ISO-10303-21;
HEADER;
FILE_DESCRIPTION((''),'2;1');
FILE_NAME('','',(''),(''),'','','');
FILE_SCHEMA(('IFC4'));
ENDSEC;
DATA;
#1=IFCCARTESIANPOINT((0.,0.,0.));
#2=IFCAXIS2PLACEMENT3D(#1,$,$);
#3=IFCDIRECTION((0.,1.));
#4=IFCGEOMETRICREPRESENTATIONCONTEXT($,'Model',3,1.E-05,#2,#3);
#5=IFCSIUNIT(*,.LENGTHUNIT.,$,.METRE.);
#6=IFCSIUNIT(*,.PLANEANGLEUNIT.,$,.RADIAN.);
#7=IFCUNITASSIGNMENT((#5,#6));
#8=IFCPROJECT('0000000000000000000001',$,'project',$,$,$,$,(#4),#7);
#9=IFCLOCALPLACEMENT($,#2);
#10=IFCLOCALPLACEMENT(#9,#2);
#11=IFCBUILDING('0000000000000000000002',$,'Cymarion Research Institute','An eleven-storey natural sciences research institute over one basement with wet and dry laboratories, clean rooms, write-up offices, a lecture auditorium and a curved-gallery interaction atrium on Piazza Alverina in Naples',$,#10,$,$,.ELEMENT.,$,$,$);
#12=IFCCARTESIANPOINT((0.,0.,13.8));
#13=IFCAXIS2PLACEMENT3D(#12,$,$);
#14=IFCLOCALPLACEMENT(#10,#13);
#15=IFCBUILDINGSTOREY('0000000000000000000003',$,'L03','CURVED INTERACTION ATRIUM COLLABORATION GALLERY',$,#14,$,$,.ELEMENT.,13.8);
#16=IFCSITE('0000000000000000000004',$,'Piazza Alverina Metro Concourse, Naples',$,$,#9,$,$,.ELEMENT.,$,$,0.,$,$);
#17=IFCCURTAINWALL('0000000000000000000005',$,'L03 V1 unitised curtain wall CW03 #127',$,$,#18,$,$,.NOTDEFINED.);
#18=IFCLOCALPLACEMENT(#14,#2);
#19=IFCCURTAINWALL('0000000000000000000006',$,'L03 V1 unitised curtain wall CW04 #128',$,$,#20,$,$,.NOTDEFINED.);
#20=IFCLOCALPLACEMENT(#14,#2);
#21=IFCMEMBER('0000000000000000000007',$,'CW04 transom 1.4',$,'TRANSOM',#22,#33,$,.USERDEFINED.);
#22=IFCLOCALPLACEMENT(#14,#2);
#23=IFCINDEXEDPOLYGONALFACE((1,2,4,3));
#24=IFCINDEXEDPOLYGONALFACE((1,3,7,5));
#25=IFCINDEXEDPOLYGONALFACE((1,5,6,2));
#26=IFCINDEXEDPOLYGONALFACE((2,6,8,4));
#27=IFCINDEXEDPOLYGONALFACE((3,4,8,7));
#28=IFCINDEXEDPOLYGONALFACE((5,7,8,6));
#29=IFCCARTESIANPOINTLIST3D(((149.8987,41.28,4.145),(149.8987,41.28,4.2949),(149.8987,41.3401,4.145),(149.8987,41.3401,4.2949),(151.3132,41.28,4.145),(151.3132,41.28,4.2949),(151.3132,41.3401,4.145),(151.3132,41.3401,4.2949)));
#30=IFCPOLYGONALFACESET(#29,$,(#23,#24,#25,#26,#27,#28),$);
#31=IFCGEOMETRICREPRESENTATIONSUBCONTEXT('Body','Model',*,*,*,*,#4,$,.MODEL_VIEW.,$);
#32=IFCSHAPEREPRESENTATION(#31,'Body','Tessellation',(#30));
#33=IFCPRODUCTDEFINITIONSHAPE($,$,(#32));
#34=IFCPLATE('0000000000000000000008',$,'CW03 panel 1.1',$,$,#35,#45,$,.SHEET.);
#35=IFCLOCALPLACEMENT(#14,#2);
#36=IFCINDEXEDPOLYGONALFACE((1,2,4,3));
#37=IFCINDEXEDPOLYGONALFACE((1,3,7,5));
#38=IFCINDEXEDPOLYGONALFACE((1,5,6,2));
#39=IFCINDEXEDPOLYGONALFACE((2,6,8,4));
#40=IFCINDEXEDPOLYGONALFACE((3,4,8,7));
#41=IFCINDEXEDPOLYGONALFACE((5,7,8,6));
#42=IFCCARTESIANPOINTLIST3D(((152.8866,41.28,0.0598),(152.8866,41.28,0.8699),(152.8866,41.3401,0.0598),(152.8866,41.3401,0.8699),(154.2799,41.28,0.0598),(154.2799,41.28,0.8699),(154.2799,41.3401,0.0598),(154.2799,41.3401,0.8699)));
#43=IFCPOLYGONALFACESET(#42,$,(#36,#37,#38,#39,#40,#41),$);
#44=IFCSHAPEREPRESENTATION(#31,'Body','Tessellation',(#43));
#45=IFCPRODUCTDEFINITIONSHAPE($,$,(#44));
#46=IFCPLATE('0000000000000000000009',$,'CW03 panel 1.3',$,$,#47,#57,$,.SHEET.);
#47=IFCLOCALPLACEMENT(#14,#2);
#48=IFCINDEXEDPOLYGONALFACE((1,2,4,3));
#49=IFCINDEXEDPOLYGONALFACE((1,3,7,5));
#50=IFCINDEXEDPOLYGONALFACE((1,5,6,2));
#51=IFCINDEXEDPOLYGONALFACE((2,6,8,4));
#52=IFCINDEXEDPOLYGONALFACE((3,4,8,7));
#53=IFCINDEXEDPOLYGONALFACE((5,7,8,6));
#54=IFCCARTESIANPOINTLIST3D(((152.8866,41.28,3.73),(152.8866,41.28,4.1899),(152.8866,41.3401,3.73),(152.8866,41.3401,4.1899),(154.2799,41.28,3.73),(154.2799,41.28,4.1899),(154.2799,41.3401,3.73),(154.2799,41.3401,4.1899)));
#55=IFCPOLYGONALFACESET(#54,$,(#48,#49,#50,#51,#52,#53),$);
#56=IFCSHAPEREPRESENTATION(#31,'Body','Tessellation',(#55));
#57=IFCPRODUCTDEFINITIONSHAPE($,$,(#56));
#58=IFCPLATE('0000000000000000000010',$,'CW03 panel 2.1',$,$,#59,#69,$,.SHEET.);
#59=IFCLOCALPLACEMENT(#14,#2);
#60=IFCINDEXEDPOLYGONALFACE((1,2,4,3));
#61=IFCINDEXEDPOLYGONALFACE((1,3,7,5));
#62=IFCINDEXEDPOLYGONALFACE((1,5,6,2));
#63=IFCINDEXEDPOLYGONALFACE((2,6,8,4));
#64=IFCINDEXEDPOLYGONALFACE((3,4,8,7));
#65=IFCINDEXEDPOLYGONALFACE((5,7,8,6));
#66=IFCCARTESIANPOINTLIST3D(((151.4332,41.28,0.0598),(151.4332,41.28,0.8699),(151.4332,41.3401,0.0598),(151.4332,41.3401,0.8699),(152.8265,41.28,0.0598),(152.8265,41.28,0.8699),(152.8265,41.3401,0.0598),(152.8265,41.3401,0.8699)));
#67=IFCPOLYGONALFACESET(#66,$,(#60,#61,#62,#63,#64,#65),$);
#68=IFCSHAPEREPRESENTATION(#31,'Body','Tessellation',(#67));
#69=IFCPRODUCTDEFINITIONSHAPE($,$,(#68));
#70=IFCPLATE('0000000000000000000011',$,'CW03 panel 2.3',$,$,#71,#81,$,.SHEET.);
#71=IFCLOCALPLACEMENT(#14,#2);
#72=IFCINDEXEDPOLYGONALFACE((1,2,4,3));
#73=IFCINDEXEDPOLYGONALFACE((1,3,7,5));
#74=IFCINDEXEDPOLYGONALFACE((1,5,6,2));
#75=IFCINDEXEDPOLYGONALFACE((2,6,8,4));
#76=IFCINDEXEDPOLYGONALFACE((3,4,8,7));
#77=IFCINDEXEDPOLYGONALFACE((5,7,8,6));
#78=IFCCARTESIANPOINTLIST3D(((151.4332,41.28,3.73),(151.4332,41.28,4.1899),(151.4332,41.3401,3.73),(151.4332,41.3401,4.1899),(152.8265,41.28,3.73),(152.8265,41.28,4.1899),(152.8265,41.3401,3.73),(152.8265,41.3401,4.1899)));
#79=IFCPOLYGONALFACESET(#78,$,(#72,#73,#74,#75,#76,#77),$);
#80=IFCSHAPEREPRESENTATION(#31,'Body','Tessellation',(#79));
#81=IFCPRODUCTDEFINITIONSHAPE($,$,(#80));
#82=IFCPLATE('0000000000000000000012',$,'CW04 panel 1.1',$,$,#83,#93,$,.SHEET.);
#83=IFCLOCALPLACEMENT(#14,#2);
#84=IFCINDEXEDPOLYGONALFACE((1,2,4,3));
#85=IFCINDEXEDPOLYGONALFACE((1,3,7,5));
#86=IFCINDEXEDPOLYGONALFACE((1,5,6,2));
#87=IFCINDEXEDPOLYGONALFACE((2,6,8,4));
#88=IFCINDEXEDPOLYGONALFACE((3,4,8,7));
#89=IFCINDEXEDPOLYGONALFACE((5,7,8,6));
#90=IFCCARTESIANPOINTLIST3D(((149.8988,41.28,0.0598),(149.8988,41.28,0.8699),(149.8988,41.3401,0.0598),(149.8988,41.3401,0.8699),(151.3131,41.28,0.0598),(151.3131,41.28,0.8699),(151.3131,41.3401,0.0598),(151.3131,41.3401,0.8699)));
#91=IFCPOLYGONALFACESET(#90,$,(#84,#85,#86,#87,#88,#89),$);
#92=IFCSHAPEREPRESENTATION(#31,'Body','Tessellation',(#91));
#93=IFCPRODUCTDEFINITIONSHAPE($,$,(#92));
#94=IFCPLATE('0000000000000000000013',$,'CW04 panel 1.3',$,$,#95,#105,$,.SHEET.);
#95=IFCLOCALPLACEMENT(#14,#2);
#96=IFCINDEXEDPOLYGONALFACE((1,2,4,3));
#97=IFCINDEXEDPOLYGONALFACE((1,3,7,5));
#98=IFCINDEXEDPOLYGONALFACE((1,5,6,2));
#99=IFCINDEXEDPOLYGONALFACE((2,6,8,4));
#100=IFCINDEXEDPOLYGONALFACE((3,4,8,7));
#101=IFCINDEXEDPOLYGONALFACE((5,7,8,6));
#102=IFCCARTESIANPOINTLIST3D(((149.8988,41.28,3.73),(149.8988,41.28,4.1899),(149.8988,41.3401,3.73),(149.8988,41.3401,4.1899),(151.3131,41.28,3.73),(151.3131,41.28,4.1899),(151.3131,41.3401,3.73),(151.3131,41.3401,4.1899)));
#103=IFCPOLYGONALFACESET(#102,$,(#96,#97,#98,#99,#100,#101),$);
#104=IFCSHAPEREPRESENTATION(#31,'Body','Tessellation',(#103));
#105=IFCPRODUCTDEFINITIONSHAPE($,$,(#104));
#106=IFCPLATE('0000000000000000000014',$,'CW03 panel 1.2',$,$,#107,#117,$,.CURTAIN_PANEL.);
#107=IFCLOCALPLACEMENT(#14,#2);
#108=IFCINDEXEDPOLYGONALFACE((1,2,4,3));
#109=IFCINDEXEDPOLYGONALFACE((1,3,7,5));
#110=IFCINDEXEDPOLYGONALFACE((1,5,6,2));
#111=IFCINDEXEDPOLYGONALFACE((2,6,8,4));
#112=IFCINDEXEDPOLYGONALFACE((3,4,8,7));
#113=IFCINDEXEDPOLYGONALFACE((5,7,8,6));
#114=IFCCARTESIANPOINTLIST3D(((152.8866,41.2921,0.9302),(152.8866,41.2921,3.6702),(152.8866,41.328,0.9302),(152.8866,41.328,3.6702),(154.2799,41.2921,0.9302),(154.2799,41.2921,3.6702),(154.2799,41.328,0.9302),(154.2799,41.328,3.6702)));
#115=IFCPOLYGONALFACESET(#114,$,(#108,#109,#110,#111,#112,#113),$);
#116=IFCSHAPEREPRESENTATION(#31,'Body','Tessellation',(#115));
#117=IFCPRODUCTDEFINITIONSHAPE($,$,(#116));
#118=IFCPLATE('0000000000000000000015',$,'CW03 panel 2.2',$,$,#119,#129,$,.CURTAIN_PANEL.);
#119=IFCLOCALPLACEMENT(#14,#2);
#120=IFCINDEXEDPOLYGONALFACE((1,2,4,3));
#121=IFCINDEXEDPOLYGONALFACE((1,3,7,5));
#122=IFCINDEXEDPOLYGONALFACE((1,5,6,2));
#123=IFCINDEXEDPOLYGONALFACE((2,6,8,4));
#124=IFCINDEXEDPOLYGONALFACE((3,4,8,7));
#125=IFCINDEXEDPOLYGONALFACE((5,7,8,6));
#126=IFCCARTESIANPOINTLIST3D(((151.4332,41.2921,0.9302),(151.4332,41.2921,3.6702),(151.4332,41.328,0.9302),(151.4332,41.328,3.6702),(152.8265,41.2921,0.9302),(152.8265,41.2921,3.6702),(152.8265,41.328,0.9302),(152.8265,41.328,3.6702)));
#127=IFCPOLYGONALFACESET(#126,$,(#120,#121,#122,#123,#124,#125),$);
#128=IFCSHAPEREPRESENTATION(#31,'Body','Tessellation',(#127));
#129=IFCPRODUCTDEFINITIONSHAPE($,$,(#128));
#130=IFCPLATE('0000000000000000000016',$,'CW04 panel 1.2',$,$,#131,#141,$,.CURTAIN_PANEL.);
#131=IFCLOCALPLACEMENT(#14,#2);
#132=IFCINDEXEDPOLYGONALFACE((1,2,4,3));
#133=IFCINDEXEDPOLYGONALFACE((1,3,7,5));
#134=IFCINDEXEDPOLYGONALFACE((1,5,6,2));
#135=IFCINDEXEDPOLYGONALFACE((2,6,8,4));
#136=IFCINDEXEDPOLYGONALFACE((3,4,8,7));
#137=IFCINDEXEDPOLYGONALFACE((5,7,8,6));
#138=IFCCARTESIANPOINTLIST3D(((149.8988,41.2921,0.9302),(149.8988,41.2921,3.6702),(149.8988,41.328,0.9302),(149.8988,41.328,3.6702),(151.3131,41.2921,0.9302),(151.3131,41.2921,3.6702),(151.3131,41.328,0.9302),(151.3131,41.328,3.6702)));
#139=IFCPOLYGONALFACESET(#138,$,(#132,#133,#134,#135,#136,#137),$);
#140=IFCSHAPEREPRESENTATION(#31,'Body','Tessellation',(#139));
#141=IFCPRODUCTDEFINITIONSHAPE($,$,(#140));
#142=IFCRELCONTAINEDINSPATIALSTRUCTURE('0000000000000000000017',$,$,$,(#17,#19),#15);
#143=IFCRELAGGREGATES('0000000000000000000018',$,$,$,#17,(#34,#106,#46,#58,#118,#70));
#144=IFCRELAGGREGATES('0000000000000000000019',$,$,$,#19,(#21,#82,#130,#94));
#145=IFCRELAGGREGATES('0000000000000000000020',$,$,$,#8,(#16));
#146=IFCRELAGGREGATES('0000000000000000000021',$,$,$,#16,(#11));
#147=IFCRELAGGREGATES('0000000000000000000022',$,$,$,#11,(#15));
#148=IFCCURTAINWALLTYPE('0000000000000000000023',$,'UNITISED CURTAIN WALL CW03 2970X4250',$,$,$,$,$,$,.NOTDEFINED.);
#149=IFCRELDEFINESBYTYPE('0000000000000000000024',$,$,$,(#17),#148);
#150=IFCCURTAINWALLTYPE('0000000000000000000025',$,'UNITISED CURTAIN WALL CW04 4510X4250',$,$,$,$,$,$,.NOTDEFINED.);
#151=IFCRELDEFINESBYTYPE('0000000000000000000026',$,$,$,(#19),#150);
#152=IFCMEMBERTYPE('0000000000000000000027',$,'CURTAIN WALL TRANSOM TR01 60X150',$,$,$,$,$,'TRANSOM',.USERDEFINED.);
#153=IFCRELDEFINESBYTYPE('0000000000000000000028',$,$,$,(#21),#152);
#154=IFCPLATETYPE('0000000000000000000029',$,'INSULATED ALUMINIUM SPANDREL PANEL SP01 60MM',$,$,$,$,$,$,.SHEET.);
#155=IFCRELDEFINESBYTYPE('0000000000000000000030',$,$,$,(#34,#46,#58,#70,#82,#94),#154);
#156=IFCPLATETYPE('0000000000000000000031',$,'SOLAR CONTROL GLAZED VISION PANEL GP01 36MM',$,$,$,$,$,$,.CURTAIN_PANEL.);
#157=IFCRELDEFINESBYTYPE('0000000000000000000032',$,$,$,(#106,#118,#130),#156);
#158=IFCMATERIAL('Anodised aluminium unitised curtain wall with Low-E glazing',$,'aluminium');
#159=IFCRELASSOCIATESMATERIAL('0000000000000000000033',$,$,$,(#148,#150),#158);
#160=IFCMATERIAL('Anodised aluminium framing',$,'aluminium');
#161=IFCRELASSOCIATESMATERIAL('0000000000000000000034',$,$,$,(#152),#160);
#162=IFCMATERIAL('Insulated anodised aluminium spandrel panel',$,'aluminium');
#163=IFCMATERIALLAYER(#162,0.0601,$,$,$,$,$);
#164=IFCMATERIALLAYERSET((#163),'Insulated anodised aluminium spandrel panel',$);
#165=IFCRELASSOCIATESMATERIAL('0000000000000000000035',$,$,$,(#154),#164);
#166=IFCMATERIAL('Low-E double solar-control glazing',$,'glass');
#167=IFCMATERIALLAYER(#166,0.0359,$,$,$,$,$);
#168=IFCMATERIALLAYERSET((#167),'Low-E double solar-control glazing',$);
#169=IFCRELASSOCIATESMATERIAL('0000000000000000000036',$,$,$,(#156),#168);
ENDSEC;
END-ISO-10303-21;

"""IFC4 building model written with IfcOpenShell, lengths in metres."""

from ifc_helpers import new_model, si_unit, direction, frame, origin, origin_2d, place, context, subcontext, project, spatial, rectangle, extrude, material, layer, layer_set, material_profile, profile_set, type_object, element, aggregate, save


model = new_model("IFC4")

# Units and contexts
model_context = context("Model", 3, precision=1e-05, world=origin(), true_north=direction((0.0, 1.0)))
body_context = subcontext(model_context, "Body", "Model", "MODEL_VIEW")
ifc_project = project(units=[si_unit("LENGTHUNIT", "METRE"), si_unit("PLANEANGLEUNIT", "RADIAN")], contexts=[model_context])

# Site, building, storey
site_placement = place(None, origin())
site = spatial("IfcSite", under=ifc_project, at=site_placement, Name="Piazza Alverina Metro Concourse, Naples", CompositionType="ELEMENT", RefElevation=0.0)
building_placement = place(site_placement, origin())
building = spatial("IfcBuilding", under=site, at=building_placement, Name="Cymarion Research Institute", Description="An eleven-storey natural sciences research institute over one basement with wet and dry laboratories, clean rooms, write-up offices, a lecture auditorium and a curved-gallery interaction atrium on Piazza Alverina in Naples", CompositionType="ELEMENT")
storey_placement = place(building_placement, frame((0.0, 0.0, 13.8)))
storey = spatial("IfcBuildingStorey", under=building, at=storey_placement, Name="L03", Description="CURVED INTERACTION ATRIUM COLLABORATION GALLERY", CompositionType="ELEMENT", Elevation=13.8)

# Curtain wall
ifc_material_1 = material(Name="Anodised aluminium unitised curtain wall with Low-E glazing", Category="aluminium")
curtain_wall_type_1 = type_object("IfcCurtainWallType", Name="UNITISED CURTAIN WALL CW03 2970X4250", PredefinedType="NOTDEFINED", material=ifc_material_1)
curtain_wall_1_placement = place(storey_placement, origin())
curtain_wall_1 = element("IfcCurtainWall", 1, at=curtain_wall_1_placement, inside=storey, type_object=curtain_wall_type_1, Name="L03 V1 unitised curtain wall CW03 #127", PredefinedType="NOTDEFINED")
ifc_material_2 = material(Name="Anodised aluminium framing", Category="aluminium")

# Curtain wall
curtain_wall_type_2 = type_object("IfcCurtainWallType", Name="UNITISED CURTAIN WALL CW04 4510X4250", PredefinedType="NOTDEFINED", material=ifc_material_1)
curtain_wall_2_placement = place(storey_placement, origin())
curtain_wall_2 = element("IfcCurtainWall", 2, at=curtain_wall_2_placement, inside=storey, type_object=curtain_wall_type_2, Name="L03 V1 unitised curtain wall CW04 #128", PredefinedType="NOTDEFINED")

# Member
ifc_material_profile_1 = material_profile(ifc_material_2, rectangle(XDim=0.0601, YDim=0.1499, at=origin_2d()), Name="ALU TRANSOM 60x150")
ifc_profile_set_1 = profile_set([ifc_material_profile_1], Name="Anodised aluminium framing")
member_type_1 = type_object("IfcMemberType", Name="CURTAIN WALL TRANSOM TR01 60X150", ElementType="TRANSOM", PredefinedType="USERDEFINED", material=ifc_profile_set_1)
member_1_placement = place(storey_placement, frame((151.3132, 41.3101, 4.22), z_axis=(-1.0, 0.0, 0.0), x_axis=(0.0, -1.0, 0.0)))
member_1 = element("IfcMember", 3, at=member_1_placement, type_object=member_type_1, Name="CW04 transom 1.4", ObjectType="TRANSOM", PredefinedType="USERDEFINED", context=body_context, shape_type="SweptSolid", body=[
    extrude(rectangle(XDim=0.0601, YDim=0.1499, at=origin_2d()), origin(), (0.0, 0.0, 1.0), 1.4146),
])

# Plates
ifc_material_3 = material(Name="Insulated anodised aluminium spandrel panel", Category="aluminium")
ifc_layer_1 = layer(ifc_material_3, 0.0601)
ifc_layer_set_1 = layer_set([ifc_layer_1], Name="Insulated anodised aluminium spandrel panel")
plate_type_1 = type_object("IfcPlateType", Name="INSULATED ALUMINIUM SPANDREL PANEL SP01 60MM", PredefinedType="SHEET", material=ifc_layer_set_1)
plate_1_placement = place(storey_placement, frame((153.5833, 41.3101, 0.0598), z_axis=(0.0, 0.0, 1.0), x_axis=(-1.0, 0.0, 0.0)))
plate_1 = element("IfcPlate", 4, at=plate_1_placement, type_object=plate_type_1, Name="CW03 panel 1.1", PredefinedType="SHEET", context=body_context, shape_type="SweptSolid", body=[
    extrude(rectangle(XDim=1.3933, YDim=0.0601, at=origin_2d()), origin(), (0.0, 0.0, 1.0), 0.8101),
])
plate_2_placement = place(storey_placement, frame((153.5833, 41.3101, 3.73), z_axis=(0.0, 0.0, 1.0), x_axis=(-1.0, 0.0, 0.0)))
plate_2 = element("IfcPlate", 5, at=plate_2_placement, type_object=plate_type_1, Name="CW03 panel 1.3", PredefinedType="SHEET", context=body_context, shape_type="SweptSolid", body=[
    extrude(rectangle(XDim=1.3933, YDim=0.0601, at=origin_2d()), origin(), (0.0, 0.0, 1.0), 0.46),
])
plate_3_placement = place(storey_placement, frame((152.1299, 41.3101, 0.0598), z_axis=(0.0, 0.0, 1.0), x_axis=(-1.0, 0.0, 0.0)))
plate_3 = element("IfcPlate", 6, at=plate_3_placement, type_object=plate_type_1, Name="CW03 panel 2.1", PredefinedType="SHEET", context=body_context, shape_type="SweptSolid", body=[
    extrude(rectangle(XDim=1.3933, YDim=0.0601, at=origin_2d()), origin(), (0.0, 0.0, 1.0), 0.8101),
])
plate_4_placement = place(storey_placement, frame((152.1299, 41.3101, 3.73), z_axis=(0.0, 0.0, 1.0), x_axis=(-1.0, 0.0, 0.0)))
plate_4 = element("IfcPlate", 7, at=plate_4_placement, type_object=plate_type_1, Name="CW03 panel 2.3", PredefinedType="SHEET", context=body_context, shape_type="SweptSolid", body=[
    extrude(rectangle(XDim=1.3933, YDim=0.0601, at=origin_2d()), origin(), (0.0, 0.0, 1.0), 0.46),
])
plate_5_placement = place(storey_placement, frame((150.606, 41.3101, 0.0598), z_axis=(0.0, 0.0, 1.0), x_axis=(-1.0, 0.0, 0.0)))
plate_5 = element("IfcPlate", 8, at=plate_5_placement, type_object=plate_type_1, Name="CW04 panel 1.1", PredefinedType="SHEET", context=body_context, shape_type="SweptSolid", body=[
    extrude(rectangle(XDim=1.4143, YDim=0.0601, at=origin_2d()), origin(), (0.0, 0.0, 1.0), 0.8101),
])
plate_6_placement = place(storey_placement, frame((150.606, 41.3101, 3.73), z_axis=(0.0, 0.0, 1.0), x_axis=(-1.0, 0.0, 0.0)))
plate_6 = element("IfcPlate", 9, at=plate_6_placement, type_object=plate_type_1, Name="CW04 panel 1.3", PredefinedType="SHEET", context=body_context, shape_type="SweptSolid", body=[
    extrude(rectangle(XDim=1.4143, YDim=0.0601, at=origin_2d()), origin(), (0.0, 0.0, 1.0), 0.46),
])
ifc_material_4 = material(Name="Low-E double solar-control glazing", Category="glass")
ifc_layer_2 = layer(ifc_material_4, 0.0359)
ifc_layer_set_2 = layer_set([ifc_layer_2], Name="Low-E double solar-control glazing")
plate_type_2 = type_object("IfcPlateType", Name="SOLAR CONTROL GLAZED VISION PANEL GP01 36MM", PredefinedType="CURTAIN_PANEL", material=ifc_layer_set_2)
plate_7_placement = place(storey_placement, frame((153.5833, 41.3101, 0.9302), z_axis=(0.0, 0.0, 1.0), x_axis=(-1.0, 0.0, 0.0)))
plate_7 = element("IfcPlate", 10, at=plate_7_placement, type_object=plate_type_2, Name="CW03 panel 1.2", PredefinedType="CURTAIN_PANEL", context=body_context, shape_type="SweptSolid", body=[
    extrude(rectangle(XDim=1.3933, YDim=0.0359, at=origin_2d()), origin(), (0.0, 0.0, 1.0), 2.74),
])
plate_8_placement = place(storey_placement, frame((152.1299, 41.3101, 0.9302), z_axis=(0.0, 0.0, 1.0), x_axis=(-1.0, 0.0, 0.0)))
plate_8 = element("IfcPlate", 11, at=plate_8_placement, type_object=plate_type_2, Name="CW03 panel 2.2", PredefinedType="CURTAIN_PANEL", context=body_context, shape_type="SweptSolid", body=[
    extrude(rectangle(XDim=1.3933, YDim=0.0359, at=origin_2d()), origin(), (0.0, 0.0, 1.0), 2.74),
])
aggregate(curtain_wall_1, [plate_1, plate_7, plate_2, plate_3, plate_8, plate_4])
plate_9_placement = place(storey_placement, frame((150.606, 41.3101, 0.9302), z_axis=(0.0, 0.0, 1.0), x_axis=(-1.0, 0.0, 0.0)))
plate_9 = element("IfcPlate", 12, at=plate_9_placement, type_object=plate_type_2, Name="CW04 panel 1.2", PredefinedType="CURTAIN_PANEL", context=body_context, shape_type="SweptSolid", body=[
    extrude(rectangle(XDim=1.4143, YDim=0.0359, at=origin_2d()), origin(), (0.0, 0.0, 1.0), 2.74),
])
aggregate(curtain_wall_2, [member_1, plate_5, plate_9, plate_6])

save(model, "model.ifc")
